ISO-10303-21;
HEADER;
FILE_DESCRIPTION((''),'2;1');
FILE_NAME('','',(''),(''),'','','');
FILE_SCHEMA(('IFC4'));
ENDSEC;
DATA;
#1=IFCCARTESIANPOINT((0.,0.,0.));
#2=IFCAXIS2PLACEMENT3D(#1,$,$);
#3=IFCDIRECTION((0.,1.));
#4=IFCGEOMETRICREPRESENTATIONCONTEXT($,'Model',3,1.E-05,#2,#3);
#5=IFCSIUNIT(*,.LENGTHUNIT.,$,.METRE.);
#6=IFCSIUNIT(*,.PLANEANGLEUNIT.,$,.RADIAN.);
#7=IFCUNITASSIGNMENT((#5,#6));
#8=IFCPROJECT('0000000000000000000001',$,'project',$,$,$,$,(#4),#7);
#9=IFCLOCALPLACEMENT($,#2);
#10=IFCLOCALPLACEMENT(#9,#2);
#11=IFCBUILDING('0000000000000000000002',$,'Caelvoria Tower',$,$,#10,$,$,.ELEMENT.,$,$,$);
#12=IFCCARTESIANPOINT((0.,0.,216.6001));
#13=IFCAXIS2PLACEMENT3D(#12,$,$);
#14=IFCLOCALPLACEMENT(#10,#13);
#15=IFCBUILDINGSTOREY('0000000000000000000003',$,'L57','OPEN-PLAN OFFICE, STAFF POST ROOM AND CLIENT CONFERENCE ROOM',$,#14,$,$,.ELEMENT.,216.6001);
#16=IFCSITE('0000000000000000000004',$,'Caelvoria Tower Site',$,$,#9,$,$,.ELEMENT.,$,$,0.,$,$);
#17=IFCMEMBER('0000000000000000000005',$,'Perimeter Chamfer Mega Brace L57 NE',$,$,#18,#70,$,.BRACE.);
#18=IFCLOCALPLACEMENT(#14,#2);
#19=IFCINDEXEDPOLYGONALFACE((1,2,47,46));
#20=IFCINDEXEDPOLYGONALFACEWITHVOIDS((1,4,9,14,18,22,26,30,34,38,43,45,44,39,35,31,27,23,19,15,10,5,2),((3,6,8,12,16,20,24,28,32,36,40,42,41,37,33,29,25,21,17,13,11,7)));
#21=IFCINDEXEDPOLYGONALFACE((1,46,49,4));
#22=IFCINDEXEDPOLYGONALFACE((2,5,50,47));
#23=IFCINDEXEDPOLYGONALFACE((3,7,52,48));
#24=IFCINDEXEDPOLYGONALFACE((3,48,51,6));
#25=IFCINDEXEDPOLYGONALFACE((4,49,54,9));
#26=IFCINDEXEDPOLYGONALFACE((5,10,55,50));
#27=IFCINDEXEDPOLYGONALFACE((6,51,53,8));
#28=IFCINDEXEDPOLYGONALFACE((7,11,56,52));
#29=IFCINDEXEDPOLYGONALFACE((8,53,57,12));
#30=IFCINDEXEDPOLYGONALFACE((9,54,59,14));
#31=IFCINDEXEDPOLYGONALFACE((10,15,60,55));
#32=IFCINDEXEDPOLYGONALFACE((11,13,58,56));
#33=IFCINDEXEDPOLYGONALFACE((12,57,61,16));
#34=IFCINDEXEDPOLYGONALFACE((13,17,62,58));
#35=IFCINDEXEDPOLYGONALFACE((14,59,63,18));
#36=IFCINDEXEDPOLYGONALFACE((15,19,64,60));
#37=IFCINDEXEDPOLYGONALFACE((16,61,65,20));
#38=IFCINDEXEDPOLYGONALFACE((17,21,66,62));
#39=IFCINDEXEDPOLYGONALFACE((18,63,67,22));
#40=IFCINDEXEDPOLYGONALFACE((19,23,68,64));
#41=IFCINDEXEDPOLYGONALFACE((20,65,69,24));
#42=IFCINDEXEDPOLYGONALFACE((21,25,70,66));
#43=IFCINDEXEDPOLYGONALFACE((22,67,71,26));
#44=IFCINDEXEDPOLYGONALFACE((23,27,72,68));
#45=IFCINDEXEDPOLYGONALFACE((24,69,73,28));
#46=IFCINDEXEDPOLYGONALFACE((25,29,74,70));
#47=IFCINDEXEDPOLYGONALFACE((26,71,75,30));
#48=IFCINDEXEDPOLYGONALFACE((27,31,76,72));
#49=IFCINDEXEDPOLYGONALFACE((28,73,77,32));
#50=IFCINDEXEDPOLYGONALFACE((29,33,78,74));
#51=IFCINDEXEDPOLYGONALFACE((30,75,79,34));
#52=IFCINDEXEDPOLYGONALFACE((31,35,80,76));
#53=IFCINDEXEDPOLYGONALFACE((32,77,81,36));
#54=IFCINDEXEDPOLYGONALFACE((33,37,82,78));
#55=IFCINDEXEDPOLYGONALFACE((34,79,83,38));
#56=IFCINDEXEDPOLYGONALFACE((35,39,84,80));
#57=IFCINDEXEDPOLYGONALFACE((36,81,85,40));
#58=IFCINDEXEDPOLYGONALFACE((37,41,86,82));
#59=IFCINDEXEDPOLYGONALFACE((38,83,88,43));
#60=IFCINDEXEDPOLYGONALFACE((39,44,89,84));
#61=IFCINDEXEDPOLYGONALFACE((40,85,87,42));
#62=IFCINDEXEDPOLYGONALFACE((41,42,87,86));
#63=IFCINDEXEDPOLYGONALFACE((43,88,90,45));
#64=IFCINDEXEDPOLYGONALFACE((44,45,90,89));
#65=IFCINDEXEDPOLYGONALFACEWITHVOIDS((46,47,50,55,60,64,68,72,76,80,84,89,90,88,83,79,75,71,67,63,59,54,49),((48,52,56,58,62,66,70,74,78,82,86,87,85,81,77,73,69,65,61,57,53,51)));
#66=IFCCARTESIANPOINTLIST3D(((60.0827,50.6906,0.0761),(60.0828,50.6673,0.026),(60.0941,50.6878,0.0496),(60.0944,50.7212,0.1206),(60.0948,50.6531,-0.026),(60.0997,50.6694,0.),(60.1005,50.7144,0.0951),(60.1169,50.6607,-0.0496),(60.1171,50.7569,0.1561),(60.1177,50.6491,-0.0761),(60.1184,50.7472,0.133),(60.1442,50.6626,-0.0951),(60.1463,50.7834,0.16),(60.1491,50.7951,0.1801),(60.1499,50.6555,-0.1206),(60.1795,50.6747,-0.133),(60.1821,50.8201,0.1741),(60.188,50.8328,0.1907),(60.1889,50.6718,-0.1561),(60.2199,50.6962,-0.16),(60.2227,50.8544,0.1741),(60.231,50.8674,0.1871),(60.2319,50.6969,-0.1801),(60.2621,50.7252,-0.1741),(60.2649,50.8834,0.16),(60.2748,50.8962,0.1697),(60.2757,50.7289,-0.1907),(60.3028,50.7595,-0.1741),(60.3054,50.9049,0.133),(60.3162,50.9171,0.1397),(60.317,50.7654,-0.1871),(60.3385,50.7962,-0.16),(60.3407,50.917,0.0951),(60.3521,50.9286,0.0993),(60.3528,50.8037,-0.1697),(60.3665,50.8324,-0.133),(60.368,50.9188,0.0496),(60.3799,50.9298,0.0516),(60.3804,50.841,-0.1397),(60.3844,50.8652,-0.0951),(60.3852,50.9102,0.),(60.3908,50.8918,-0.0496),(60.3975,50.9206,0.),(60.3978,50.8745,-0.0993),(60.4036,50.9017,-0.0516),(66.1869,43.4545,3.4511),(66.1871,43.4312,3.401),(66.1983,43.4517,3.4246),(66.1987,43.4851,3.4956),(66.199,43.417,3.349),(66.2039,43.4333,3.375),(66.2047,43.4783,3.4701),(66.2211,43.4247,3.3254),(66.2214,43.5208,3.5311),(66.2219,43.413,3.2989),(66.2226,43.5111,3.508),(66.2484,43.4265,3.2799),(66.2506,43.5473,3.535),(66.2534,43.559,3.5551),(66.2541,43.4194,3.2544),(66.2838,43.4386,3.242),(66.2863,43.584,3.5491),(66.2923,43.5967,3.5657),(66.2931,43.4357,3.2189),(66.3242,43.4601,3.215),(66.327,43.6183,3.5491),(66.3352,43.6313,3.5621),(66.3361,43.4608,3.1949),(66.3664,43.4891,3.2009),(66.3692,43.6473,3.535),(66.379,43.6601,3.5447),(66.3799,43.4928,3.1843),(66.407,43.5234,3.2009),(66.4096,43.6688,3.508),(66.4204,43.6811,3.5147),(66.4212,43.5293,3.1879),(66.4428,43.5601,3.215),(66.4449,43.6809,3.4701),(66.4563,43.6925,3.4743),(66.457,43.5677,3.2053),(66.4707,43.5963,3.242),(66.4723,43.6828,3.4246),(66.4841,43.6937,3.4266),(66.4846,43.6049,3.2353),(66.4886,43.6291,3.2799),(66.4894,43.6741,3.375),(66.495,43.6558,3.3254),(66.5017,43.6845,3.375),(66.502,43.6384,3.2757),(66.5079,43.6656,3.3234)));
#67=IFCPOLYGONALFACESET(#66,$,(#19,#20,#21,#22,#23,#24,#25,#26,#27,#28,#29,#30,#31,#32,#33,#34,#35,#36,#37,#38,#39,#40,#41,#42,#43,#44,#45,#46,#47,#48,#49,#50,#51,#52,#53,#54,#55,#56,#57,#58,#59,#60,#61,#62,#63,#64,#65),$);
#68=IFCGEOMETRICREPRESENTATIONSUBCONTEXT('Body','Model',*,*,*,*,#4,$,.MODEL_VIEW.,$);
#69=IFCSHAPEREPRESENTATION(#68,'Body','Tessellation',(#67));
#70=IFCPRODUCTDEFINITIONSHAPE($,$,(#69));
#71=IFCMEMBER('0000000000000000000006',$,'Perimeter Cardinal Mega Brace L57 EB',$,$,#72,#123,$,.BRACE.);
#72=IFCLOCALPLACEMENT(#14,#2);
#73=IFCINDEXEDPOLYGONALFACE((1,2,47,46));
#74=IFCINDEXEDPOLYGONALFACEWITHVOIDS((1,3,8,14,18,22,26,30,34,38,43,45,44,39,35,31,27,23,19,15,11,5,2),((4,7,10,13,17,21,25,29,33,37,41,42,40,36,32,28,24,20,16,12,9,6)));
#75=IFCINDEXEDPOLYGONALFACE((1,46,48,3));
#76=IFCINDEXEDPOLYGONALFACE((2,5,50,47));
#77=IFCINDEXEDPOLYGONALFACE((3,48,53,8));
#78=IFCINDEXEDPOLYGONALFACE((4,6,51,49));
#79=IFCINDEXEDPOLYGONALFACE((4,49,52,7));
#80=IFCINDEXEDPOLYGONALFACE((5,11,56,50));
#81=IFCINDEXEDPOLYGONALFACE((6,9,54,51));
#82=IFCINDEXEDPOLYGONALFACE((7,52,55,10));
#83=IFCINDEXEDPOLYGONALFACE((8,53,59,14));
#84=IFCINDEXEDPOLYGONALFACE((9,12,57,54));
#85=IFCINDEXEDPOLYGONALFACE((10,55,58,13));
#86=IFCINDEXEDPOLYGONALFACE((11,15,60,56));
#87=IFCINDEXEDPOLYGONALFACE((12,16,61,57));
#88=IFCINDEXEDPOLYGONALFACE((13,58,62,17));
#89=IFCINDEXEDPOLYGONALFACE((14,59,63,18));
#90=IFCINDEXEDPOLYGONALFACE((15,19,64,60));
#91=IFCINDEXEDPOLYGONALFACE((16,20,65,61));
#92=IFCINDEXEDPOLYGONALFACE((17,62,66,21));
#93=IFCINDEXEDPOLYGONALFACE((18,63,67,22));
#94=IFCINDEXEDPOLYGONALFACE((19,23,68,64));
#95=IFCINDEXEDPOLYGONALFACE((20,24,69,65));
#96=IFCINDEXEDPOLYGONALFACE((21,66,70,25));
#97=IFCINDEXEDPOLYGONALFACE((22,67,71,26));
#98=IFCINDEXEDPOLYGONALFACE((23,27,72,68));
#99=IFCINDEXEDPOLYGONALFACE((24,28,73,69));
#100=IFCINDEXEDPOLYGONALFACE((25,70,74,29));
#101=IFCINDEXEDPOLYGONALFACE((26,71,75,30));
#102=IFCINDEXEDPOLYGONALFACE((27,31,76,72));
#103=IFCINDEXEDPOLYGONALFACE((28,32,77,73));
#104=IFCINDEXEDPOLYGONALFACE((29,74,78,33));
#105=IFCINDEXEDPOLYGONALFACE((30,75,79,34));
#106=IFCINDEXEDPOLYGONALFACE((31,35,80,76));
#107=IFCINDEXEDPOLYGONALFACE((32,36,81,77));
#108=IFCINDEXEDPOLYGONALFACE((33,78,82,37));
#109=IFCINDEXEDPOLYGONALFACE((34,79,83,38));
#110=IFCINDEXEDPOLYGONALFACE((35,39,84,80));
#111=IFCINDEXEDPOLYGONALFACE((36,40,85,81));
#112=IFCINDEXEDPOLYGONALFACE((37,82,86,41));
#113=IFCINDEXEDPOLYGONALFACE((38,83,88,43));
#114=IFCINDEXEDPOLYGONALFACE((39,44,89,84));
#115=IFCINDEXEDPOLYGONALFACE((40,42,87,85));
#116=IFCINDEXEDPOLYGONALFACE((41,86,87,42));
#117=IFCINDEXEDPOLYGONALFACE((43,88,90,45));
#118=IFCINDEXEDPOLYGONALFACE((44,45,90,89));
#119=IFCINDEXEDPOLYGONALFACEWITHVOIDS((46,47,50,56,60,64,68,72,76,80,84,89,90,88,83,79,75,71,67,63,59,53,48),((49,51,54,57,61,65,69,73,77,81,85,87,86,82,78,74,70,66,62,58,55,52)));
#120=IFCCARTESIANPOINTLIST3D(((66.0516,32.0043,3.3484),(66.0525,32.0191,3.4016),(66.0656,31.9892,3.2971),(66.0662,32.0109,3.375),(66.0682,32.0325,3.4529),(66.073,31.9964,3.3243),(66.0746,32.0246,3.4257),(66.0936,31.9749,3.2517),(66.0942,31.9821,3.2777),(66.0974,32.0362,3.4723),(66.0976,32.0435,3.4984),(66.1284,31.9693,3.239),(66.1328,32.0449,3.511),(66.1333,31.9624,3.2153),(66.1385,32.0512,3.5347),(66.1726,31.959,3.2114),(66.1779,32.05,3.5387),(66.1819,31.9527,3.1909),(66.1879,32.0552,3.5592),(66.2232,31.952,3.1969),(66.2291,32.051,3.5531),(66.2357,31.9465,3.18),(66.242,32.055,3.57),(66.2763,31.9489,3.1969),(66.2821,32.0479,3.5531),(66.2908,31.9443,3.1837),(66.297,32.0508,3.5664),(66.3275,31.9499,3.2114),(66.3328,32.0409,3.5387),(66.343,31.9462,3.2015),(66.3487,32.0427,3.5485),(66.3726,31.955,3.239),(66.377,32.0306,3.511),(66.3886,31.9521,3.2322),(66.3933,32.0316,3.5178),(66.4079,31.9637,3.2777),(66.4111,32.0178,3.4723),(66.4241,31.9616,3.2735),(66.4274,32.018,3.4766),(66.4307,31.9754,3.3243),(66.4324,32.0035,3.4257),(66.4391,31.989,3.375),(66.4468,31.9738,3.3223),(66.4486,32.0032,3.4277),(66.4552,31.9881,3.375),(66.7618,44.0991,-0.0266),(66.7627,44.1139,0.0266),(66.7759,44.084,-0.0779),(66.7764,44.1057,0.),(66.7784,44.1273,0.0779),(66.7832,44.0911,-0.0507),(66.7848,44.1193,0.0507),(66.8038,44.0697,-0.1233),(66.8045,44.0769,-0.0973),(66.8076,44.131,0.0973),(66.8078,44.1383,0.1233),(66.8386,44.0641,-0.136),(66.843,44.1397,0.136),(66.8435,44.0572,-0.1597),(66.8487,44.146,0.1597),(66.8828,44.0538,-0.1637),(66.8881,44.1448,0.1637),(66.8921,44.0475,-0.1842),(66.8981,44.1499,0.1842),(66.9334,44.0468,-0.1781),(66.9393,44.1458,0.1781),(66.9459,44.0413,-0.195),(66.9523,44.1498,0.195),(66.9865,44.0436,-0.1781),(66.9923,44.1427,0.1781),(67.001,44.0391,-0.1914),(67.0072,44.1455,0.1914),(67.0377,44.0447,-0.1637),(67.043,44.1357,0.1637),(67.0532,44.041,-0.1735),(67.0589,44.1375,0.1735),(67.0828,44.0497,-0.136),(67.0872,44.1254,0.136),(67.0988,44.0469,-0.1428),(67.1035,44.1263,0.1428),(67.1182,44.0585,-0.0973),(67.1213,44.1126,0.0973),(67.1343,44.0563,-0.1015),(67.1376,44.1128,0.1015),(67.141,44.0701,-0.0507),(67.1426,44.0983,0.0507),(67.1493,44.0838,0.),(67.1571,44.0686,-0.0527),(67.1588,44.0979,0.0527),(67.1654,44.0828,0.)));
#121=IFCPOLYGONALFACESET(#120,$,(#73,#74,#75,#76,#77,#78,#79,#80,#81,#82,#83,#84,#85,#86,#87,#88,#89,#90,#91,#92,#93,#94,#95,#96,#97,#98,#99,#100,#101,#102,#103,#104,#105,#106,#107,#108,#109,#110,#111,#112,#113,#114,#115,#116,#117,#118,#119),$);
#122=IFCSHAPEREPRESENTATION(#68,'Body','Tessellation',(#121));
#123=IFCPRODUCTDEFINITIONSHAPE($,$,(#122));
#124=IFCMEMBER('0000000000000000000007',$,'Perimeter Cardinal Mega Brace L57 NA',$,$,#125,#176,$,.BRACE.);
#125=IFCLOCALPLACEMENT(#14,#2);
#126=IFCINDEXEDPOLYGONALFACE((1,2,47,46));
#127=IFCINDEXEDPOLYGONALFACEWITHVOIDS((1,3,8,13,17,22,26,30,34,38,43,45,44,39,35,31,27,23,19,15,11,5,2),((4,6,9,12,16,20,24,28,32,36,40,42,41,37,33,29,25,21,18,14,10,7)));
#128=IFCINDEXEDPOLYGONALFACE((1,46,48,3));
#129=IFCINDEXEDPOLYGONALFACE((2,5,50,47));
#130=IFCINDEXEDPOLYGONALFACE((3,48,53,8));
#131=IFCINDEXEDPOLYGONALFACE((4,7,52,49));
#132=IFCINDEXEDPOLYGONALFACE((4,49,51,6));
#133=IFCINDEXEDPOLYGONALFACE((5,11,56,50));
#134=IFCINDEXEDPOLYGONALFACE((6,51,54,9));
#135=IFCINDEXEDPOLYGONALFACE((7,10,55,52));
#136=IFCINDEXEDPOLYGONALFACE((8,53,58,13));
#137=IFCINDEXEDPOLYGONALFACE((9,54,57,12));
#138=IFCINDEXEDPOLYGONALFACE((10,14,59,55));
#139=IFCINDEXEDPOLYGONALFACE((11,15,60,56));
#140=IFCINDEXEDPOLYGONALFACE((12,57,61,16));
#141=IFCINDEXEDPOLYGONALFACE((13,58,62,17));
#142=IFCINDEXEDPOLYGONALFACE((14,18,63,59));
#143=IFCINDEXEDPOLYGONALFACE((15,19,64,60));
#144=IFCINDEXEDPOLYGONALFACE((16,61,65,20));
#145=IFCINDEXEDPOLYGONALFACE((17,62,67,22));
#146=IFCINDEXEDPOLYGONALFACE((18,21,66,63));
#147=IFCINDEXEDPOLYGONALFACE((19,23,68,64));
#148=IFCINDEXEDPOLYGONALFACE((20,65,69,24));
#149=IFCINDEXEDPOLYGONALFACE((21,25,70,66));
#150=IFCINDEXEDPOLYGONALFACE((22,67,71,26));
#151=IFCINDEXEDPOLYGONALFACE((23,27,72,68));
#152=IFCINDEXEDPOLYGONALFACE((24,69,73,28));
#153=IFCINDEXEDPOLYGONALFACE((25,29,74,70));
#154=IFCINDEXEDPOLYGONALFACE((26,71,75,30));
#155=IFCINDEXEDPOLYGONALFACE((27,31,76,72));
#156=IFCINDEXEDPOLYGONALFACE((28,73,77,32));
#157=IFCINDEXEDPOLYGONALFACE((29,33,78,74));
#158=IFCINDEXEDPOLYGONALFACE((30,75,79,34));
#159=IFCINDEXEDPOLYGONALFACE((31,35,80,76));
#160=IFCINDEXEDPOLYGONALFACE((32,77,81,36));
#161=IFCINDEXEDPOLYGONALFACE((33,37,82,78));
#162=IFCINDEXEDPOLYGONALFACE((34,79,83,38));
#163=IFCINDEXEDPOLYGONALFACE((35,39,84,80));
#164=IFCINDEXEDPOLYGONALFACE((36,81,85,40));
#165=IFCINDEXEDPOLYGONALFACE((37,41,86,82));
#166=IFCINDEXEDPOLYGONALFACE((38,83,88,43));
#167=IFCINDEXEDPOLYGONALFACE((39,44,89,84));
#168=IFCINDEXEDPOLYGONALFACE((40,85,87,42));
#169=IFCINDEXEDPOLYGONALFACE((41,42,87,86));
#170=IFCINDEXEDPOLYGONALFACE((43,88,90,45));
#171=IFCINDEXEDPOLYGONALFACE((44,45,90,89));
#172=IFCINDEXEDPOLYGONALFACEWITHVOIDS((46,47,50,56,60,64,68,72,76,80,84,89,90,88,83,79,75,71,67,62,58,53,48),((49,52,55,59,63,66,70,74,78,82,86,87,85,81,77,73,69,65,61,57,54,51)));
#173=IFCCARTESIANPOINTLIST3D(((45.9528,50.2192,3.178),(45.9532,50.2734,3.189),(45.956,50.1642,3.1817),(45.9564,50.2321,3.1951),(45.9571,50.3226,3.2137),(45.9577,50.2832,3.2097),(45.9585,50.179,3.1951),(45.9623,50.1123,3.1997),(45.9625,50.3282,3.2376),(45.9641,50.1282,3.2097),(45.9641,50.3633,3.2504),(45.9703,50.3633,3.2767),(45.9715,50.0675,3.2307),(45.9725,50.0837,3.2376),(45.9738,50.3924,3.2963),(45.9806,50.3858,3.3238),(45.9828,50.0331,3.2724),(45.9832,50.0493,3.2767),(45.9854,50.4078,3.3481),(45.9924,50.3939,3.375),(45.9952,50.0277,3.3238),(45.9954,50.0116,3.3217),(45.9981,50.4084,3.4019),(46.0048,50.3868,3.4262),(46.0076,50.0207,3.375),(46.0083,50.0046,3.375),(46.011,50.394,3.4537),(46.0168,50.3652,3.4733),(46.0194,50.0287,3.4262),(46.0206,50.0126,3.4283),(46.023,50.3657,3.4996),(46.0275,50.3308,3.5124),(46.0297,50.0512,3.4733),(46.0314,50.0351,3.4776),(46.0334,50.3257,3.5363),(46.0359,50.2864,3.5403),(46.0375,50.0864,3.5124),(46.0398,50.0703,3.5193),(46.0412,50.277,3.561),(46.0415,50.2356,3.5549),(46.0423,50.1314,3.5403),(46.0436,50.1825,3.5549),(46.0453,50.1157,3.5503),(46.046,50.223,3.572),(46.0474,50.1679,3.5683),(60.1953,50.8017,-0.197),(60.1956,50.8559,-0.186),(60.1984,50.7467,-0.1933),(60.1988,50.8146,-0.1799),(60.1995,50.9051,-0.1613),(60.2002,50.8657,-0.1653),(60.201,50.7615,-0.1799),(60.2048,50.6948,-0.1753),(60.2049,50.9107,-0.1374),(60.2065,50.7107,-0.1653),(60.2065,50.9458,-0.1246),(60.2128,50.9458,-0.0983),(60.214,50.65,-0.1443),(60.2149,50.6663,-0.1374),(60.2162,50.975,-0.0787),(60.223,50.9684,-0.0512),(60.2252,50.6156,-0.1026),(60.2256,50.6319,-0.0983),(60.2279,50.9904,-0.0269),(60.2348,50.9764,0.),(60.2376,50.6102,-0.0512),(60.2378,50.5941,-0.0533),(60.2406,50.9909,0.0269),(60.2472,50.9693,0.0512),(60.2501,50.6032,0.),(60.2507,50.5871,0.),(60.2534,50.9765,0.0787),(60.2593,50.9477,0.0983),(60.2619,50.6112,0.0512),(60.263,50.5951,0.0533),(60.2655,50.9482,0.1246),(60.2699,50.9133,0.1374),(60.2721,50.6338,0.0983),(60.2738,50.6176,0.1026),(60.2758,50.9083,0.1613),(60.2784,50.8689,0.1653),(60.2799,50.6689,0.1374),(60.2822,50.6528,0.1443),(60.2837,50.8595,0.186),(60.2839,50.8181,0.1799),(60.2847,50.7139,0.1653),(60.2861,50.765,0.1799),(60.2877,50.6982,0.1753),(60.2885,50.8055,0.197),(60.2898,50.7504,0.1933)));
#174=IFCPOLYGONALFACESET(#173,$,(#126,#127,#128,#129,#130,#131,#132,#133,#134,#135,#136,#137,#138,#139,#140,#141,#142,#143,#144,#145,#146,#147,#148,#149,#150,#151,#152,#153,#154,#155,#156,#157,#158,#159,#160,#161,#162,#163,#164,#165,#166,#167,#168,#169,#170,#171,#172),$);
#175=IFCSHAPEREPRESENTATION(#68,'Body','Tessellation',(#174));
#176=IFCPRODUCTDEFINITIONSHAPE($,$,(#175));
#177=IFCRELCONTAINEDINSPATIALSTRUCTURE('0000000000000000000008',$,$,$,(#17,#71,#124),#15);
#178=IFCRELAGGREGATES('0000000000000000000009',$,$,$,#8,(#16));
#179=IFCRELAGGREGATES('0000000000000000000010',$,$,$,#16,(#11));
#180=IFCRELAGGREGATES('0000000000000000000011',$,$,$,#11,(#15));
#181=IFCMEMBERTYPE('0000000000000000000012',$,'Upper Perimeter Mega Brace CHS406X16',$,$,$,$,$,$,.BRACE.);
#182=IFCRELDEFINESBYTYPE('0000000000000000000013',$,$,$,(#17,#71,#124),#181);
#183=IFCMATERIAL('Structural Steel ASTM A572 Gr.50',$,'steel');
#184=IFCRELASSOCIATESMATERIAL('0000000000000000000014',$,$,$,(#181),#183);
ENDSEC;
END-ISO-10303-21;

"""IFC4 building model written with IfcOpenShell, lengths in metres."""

from ifc_helpers import new_model, si_unit, direction, frame, origin, origin_2d, place, context, subcontext, project, spatial, hollow_circle, extrude, material, material_profile, profile_set, type_object, element, save


model = new_model("IFC4")

# Units and contexts
model_context = context("Model", 3, precision=1e-05, world=origin(), true_north=direction((0.0, 1.0)))
body_context = subcontext(model_context, "Body", "Model", "MODEL_VIEW")
ifc_project = project(units=[si_unit("LENGTHUNIT", "METRE"), si_unit("PLANEANGLEUNIT", "RADIAN")], contexts=[model_context])

# Site, building, storey
site_placement = place(None, origin())
site = spatial("IfcSite", under=ifc_project, at=site_placement, Name="Caelvoria Tower Site", CompositionType="ELEMENT", RefElevation=0.0)
building_placement = place(site_placement, origin())
building = spatial("IfcBuilding", under=site, at=building_placement, Name="Caelvoria Tower", CompositionType="ELEMENT")
storey_placement = place(building_placement, frame((0.0, 0.0, 216.6001)))
storey = spatial("IfcBuildingStorey", under=building, at=storey_placement, Name="L57", Description="OPEN-PLAN OFFICE, STAFF POST ROOM AND CLIENT CONFERENCE ROOM", CompositionType="ELEMENT", Elevation=216.6001)

# Shared definitions
ifc_material_1 = material(Name="Structural Steel ASTM A572 Gr.50", Category="steel")

# Members
ifc_material_profile_1 = material_profile(ifc_material_1, hollow_circle(Radius=0.2029, WallThickness=0.0161, at=origin_2d()), Name="Structural Steel ASTM A572 Gr.50")
ifc_profile_set_1 = profile_set([ifc_material_profile_1], Name="CHS406X16 - Structural Steel ASTM A572 Gr.50")
member_type = type_object("IfcMemberType", Name="Upper Perimeter Mega Brace CHS406X16", PredefinedType="BRACE", material=ifc_profile_set_1)
member_1_placement = place(storey_placement, frame((60.2424, 50.7898, 0.0), z_axis=(0.607355, -0.71997, 0.335803), x_axis=(0.764354, 0.644797, 0.0)))
element("IfcMember", 1, at=member_1_placement, inside=storey, type_object=member_type, Name="Perimeter Chamfer Mega Brace L57 NE", PredefinedType="BRACE", context=body_context, shape_type="SweptSolid", body=[
    extrude(hollow_circle(Radius=0.2029, WallThickness=0.0161, at=origin_2d()), origin(), (0.0, 0.0, 1.0), 10.0505),
])
member_2_placement = place(storey_placement, frame((66.9629, 44.0947, 0.0), z_axis=(-0.056469, -0.961665, 0.26835), x_axis=(0.99828, -0.058619, 0.0)))
element("IfcMember", 2, at=member_2_placement, inside=storey, type_object=member_type, Name="Perimeter Cardinal Mega Brace L57 EB", PredefinedType="BRACE", context=body_context, shape_type="SweptSolid", body=[
    extrude(hollow_circle(Radius=0.2029, WallThickness=0.0161, at=origin_2d()), origin(), (0.0, 0.0, 1.0), 12.5769),
])
member_3_placement = place(storey_placement, frame((60.2424, 50.7898, 0.0), z_axis=(-0.972283, -0.039767, 0.2304), x_axis=(0.040866, -0.999165, 0.0)))
element("IfcMember", 3, at=member_3_placement, inside=storey, type_object=member_type, Name="Perimeter Cardinal Mega Brace L57 NA", PredefinedType="BRACE", context=body_context, shape_type="SweptSolid", body=[
    extrude(hollow_circle(Radius=0.2029, WallThickness=0.0161, at=origin_2d()), origin(), (0.0, 0.0, 1.0), 14.6484),
])

save(model, "model.ifc")
